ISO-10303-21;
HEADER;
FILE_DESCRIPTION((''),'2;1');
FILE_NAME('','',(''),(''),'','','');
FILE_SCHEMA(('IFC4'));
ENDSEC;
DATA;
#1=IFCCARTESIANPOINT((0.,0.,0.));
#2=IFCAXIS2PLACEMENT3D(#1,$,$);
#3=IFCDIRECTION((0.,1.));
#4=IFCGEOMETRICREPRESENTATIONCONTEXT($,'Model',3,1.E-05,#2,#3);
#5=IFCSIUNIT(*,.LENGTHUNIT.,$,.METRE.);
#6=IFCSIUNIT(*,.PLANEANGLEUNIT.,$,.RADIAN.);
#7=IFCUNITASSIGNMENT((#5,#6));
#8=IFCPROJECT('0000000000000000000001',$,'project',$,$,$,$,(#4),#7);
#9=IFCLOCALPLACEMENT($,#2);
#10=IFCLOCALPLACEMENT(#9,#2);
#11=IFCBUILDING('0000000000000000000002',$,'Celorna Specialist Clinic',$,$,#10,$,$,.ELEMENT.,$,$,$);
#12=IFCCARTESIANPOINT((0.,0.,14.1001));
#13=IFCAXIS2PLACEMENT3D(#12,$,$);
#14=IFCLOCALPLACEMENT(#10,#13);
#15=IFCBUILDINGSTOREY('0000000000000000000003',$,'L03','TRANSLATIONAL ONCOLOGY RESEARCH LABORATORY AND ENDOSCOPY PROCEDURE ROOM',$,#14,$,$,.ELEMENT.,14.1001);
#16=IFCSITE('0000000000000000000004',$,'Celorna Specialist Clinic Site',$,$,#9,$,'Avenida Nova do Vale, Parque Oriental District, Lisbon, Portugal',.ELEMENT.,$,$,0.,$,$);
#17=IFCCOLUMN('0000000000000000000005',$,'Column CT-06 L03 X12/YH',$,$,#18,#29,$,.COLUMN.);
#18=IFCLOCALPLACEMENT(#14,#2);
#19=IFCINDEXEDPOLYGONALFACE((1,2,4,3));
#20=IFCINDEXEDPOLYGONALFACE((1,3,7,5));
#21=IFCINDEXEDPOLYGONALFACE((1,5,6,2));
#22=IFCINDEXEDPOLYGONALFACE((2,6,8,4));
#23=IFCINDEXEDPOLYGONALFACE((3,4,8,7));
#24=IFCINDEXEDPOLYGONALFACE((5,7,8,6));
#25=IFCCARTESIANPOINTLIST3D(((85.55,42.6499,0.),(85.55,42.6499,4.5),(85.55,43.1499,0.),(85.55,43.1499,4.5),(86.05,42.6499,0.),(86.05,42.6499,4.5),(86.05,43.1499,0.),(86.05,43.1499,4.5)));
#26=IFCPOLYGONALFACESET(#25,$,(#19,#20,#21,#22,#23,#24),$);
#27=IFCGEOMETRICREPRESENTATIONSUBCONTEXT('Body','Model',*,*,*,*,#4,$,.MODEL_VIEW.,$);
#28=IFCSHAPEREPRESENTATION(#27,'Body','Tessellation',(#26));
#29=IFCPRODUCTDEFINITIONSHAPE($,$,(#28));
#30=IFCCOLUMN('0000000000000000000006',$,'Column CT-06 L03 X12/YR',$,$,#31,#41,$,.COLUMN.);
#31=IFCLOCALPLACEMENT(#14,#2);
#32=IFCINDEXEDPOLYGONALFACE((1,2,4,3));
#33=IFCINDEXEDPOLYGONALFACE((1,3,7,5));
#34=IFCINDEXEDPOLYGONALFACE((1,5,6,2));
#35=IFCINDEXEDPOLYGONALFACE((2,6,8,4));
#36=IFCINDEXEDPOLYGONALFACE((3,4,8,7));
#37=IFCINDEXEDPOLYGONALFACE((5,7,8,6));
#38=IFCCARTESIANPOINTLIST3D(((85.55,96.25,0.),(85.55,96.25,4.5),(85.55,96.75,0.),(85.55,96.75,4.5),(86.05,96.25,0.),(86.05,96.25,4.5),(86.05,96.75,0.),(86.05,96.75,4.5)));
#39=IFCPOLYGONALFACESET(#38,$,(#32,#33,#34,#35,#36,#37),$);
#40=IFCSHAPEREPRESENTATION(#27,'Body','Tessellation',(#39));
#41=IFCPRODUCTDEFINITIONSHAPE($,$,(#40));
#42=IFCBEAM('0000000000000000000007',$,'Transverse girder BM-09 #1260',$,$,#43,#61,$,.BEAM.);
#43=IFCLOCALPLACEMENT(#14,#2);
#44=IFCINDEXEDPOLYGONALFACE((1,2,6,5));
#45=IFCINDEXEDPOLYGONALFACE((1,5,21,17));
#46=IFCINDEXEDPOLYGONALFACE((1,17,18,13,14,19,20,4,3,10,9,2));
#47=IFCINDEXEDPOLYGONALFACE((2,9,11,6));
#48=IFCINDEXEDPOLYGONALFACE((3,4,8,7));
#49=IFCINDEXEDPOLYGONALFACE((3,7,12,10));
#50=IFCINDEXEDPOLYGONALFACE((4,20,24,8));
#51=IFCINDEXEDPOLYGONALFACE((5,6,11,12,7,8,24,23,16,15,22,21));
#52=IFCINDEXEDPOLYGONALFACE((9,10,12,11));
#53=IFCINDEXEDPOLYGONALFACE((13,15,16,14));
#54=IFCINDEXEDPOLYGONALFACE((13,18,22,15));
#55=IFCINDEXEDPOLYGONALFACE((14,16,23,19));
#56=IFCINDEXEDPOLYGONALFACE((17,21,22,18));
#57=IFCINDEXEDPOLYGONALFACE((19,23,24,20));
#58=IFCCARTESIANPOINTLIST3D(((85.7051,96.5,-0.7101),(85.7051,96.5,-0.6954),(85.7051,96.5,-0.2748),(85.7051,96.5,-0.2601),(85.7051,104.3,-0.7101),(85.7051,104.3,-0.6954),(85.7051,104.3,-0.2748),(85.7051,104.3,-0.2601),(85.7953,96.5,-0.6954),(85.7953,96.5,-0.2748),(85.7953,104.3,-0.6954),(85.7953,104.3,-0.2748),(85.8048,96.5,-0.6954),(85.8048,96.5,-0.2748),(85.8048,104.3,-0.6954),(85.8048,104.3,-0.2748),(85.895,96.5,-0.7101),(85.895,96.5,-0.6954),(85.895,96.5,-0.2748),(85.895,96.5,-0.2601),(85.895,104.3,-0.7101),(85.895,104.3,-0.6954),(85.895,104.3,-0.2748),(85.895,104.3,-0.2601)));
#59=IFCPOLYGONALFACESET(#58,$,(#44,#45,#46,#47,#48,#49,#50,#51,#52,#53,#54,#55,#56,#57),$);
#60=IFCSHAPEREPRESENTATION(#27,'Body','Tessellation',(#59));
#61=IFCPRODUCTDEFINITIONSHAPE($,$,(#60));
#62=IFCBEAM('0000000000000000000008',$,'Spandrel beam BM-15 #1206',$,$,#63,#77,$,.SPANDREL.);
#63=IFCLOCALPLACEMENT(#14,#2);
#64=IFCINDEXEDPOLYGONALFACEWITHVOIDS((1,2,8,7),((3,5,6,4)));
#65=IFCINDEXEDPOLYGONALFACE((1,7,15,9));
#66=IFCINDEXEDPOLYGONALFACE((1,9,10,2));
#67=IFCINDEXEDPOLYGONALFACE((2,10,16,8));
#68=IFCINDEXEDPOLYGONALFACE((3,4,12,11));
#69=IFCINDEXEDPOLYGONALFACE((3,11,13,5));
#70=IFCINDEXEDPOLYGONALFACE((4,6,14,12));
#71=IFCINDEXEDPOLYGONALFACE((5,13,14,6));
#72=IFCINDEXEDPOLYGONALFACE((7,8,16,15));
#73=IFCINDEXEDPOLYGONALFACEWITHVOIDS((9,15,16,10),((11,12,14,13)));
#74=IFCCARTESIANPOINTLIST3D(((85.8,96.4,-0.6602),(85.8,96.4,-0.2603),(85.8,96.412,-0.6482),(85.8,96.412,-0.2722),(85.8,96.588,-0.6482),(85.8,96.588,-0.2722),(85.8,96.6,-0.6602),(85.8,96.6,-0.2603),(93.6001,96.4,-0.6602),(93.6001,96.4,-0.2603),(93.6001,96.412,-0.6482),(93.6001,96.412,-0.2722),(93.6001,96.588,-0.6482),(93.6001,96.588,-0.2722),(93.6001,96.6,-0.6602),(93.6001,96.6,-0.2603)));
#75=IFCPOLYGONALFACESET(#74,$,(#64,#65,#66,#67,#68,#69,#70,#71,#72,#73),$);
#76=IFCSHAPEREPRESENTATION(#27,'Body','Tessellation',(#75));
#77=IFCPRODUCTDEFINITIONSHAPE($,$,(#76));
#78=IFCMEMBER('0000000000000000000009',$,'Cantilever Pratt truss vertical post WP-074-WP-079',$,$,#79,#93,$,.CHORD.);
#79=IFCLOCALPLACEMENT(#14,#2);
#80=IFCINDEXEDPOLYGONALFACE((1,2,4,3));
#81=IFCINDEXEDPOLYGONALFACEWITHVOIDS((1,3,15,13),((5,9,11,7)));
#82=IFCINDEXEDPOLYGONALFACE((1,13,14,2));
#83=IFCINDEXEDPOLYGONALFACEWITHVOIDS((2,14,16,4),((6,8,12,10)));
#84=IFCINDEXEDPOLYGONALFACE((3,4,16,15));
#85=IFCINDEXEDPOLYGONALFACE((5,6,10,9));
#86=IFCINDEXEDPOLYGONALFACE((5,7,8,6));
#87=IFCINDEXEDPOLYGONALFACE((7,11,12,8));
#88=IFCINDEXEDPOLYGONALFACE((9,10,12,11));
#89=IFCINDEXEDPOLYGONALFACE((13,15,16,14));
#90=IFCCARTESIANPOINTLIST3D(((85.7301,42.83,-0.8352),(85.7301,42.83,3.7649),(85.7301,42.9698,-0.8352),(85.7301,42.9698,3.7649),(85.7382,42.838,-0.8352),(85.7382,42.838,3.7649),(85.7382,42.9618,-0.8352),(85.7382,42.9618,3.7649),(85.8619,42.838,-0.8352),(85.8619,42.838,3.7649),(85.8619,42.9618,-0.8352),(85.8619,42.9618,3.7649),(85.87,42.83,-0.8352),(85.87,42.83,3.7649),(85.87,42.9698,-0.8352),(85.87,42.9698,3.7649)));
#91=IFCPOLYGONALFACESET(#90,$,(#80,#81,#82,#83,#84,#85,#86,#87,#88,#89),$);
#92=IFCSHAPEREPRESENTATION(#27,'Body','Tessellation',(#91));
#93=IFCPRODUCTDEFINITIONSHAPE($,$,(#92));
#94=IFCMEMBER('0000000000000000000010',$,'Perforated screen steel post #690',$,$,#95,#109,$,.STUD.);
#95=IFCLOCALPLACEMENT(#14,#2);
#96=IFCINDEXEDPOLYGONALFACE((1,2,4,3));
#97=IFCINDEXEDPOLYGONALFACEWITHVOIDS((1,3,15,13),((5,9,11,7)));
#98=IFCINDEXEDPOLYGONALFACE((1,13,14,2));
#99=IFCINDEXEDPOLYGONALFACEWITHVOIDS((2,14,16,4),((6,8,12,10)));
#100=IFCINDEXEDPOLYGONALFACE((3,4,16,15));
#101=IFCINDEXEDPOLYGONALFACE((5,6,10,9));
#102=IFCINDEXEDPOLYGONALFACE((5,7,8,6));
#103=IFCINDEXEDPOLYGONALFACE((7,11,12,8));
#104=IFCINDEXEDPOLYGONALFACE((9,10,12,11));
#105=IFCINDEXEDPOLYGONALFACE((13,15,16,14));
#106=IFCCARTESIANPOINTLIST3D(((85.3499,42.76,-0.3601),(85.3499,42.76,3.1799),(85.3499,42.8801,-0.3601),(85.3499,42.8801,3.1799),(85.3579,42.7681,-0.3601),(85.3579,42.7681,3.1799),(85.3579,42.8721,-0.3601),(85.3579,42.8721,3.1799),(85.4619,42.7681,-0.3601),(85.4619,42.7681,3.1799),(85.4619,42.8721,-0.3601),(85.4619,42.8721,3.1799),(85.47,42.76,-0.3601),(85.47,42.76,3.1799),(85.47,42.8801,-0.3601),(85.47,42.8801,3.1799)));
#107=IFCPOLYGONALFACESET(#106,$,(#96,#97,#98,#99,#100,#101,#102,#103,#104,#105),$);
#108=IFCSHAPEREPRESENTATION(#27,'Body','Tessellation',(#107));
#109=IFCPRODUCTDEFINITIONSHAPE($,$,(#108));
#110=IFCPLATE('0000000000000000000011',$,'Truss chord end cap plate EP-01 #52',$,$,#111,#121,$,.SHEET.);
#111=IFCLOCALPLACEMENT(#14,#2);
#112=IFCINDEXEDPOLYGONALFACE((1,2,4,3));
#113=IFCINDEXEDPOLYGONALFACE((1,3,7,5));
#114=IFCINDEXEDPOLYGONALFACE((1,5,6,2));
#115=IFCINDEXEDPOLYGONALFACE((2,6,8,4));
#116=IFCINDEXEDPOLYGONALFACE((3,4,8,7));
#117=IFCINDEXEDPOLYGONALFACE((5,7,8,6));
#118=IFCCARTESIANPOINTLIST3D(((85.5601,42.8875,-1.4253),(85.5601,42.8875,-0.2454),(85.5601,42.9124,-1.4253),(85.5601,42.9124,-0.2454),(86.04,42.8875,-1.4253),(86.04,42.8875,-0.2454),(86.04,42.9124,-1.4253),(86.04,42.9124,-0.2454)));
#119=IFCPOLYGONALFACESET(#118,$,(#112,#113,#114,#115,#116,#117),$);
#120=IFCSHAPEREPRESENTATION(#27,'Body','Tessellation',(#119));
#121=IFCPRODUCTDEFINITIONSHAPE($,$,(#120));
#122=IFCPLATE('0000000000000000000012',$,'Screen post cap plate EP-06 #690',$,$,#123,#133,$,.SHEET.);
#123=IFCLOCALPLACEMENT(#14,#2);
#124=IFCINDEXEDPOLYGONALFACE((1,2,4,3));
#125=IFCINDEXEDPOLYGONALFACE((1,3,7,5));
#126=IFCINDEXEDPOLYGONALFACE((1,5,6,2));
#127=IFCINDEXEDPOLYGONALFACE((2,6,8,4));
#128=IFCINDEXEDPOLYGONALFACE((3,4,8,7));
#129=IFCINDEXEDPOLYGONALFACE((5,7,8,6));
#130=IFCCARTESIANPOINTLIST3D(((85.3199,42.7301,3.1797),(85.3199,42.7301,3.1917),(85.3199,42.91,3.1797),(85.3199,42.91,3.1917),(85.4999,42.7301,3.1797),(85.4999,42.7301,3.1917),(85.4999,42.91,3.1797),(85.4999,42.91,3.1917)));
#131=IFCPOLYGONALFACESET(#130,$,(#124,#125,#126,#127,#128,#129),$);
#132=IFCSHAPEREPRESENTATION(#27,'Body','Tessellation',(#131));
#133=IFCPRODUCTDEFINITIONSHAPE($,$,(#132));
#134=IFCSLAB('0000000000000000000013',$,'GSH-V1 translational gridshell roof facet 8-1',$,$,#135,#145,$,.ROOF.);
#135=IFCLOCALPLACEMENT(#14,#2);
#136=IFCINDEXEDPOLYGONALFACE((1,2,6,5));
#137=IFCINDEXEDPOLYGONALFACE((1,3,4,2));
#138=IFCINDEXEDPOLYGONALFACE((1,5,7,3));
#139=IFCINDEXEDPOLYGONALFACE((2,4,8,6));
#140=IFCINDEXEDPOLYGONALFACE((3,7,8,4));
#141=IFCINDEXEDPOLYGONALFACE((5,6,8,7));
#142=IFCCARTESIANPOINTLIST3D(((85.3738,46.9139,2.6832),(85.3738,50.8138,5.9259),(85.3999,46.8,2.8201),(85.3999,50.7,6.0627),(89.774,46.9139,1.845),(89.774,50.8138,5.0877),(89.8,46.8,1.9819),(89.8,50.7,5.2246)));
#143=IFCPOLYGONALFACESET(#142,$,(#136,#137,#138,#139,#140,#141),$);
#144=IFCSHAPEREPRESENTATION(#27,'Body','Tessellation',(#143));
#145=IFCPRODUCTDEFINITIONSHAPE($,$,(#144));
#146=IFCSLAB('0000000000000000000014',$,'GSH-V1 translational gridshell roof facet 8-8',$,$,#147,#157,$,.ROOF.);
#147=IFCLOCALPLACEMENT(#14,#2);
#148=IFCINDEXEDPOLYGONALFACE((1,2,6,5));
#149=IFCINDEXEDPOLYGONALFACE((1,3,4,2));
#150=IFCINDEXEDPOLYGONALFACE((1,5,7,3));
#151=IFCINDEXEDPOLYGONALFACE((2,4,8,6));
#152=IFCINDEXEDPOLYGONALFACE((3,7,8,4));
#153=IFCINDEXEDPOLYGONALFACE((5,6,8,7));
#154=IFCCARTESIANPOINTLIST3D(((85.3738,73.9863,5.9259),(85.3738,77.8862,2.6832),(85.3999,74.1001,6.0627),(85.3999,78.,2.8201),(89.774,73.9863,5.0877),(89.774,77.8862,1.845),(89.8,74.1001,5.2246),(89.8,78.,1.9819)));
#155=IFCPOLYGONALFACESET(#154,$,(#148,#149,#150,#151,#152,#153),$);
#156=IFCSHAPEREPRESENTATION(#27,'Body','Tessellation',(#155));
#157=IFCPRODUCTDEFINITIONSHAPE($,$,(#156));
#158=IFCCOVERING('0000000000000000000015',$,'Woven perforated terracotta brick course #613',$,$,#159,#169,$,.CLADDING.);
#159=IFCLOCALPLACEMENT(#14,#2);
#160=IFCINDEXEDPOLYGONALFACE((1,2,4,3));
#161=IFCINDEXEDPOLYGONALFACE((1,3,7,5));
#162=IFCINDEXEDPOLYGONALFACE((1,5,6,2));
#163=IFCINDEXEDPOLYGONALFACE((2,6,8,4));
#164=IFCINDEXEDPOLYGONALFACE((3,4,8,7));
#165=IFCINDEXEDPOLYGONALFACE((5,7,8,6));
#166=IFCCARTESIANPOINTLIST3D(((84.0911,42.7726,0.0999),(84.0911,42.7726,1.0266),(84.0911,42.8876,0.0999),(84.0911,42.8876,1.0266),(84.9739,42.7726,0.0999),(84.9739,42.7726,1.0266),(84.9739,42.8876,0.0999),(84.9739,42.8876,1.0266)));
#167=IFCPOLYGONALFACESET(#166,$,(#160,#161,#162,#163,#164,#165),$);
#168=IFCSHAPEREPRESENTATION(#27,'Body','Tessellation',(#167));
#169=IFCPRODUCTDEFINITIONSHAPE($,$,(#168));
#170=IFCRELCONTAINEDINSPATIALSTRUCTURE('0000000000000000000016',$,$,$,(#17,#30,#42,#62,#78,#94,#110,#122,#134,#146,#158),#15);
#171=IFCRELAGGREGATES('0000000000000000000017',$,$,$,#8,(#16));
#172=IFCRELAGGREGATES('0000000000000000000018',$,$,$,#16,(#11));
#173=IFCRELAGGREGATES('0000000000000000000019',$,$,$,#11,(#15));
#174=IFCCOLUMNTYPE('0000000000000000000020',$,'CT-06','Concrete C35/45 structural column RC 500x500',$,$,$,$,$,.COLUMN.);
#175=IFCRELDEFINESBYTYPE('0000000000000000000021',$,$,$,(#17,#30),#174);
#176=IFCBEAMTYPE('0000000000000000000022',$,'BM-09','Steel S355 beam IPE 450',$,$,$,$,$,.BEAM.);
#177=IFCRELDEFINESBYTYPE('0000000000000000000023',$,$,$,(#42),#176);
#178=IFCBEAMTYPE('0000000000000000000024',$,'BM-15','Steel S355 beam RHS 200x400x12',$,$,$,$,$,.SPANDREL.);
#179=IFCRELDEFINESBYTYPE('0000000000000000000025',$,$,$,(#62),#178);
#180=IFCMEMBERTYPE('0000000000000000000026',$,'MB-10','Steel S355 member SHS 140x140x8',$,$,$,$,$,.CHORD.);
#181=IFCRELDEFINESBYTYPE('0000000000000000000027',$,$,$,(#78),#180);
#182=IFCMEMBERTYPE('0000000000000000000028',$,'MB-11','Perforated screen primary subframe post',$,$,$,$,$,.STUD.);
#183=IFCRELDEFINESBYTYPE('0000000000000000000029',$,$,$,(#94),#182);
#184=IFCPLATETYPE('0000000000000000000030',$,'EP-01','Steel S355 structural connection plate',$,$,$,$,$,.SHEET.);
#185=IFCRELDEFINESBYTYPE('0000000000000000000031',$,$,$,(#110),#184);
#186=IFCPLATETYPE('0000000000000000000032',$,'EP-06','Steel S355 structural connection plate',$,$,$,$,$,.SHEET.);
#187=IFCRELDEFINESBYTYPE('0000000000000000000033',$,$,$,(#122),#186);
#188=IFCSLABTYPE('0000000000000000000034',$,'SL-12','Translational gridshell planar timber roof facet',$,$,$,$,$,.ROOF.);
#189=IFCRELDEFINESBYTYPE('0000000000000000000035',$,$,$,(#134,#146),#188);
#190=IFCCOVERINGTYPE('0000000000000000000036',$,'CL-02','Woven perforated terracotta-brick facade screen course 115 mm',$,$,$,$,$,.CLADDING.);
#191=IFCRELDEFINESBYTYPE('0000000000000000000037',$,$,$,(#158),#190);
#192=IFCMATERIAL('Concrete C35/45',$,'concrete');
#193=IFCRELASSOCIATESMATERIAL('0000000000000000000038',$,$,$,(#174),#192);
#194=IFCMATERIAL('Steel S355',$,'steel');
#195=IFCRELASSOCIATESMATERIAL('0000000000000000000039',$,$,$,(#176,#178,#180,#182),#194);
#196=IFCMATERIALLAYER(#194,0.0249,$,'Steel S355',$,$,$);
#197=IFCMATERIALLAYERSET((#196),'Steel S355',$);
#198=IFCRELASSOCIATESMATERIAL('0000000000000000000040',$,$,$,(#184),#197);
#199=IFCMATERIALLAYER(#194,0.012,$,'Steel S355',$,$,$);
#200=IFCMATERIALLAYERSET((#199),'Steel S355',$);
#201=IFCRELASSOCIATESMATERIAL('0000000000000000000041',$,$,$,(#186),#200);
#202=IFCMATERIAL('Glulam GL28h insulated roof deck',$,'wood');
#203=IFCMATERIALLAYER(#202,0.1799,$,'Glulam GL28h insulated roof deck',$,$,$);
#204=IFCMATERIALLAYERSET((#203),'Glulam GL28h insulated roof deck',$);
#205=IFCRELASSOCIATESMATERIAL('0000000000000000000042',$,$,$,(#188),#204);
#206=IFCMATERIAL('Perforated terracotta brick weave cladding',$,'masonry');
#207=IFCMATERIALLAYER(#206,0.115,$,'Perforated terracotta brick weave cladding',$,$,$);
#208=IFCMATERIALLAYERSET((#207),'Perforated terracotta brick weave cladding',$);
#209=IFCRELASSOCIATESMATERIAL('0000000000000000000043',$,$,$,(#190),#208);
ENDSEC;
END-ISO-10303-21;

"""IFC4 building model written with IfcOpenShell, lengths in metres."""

from ifc_helpers import new_model, si_unit, direction, frame, origin, origin_2d, place, context, subcontext, project, spatial, polyline, rectangle, hollow_rectangle, i_section, outline, extrude, material, layer, layer_set, material_profile, profile_set, type_object, element, save


model = new_model("IFC4")

# Units and contexts
model_context = context("Model", 3, precision=1e-05, world=origin(), true_north=direction((0.0, 1.0)))
body_context = subcontext(model_context, "Body", "Model", "MODEL_VIEW")
ifc_project = project(units=[si_unit("LENGTHUNIT", "METRE"), si_unit("PLANEANGLEUNIT", "RADIAN")], contexts=[model_context])

# Site, building, storey
site_placement = place(None, origin())
site = spatial("IfcSite", under=ifc_project, at=site_placement, Name="Celorna Specialist Clinic Site", LongName="Avenida Nova do Vale, Parque Oriental District, Lisbon, Portugal", CompositionType="ELEMENT", RefElevation=0.0)
building_placement = place(site_placement, origin())
building = spatial("IfcBuilding", under=site, at=building_placement, Name="Celorna Specialist Clinic", CompositionType="ELEMENT")
storey_placement = place(building_placement, frame((0.0, 0.0, 14.1001)))
storey = spatial("IfcBuildingStorey", under=building, at=storey_placement, Name="L03", Description="TRANSLATIONAL ONCOLOGY RESEARCH LABORATORY AND ENDOSCOPY PROCEDURE ROOM", CompositionType="ELEMENT", Elevation=14.1001)

# Columns
ifc_material_1 = material(Name="Concrete C35/45", Category="concrete")
ifc_material_profile_1 = material_profile(ifc_material_1, rectangle(XDim=0.5, YDim=0.5, at=origin_2d()), Name="RC 500x500")
ifc_profile_set_1 = profile_set([ifc_material_profile_1], Name="Concrete C35/45")
column_type = type_object("IfcColumnType", Name="CT-06", Description="Concrete C35/45 structural column RC 500x500", PredefinedType="COLUMN", material=ifc_profile_set_1)
for number, where, z_axis, x_axis, name in (
    (1, (85.8, 42.8999, 0.0), (0.0, 0.0, 1.0), (1.0, 0.0, 0.0), "Column CT-06 L03 X12/YH"),
    (2, (85.8, 96.5, 0.0), (0.0, 0.0, 1.0), (1.0, 0.0, 0.0), "Column CT-06 L03 X12/YR"),
):
    element("IfcColumn", number, at=place(storey_placement, frame(where, z_axis=z_axis, x_axis=x_axis)), inside=storey, type_object=column_type, Name=name, PredefinedType="COLUMN", context=body_context, shape_type="SweptSolid", body=[
        extrude(rectangle(XDim=0.5, YDim=0.5, at=origin_2d()), origin(), (0.0, 0.0, 1.0), 4.5),
    ])

# Beams
ifc_material_2 = material(Name="Steel S355", Category="steel")
ifc_material_profile_2 = material_profile(ifc_material_2, i_section(OverallWidth=0.1899, OverallDepth=0.45, WebThickness=0.0095, FlangeThickness=0.0146, at=origin_2d()), Name="IPE 450")
ifc_profile_set_2 = profile_set([ifc_material_profile_2], Name="Steel S355")
beam_type_1 = type_object("IfcBeamType", Name="BM-09", Description="Steel S355 beam IPE 450", PredefinedType="BEAM", material=ifc_profile_set_2)
beam_1_placement = place(storey_placement, frame((85.8, 96.5, -0.4851), z_axis=(0.0, 1.0, 0.0), x_axis=(-1.0, 0.0, 0.0)))
element("IfcBeam", 3, at=beam_1_placement, inside=storey, type_object=beam_type_1, Name="Transverse girder BM-09 #1260", PredefinedType="BEAM", context=body_context, shape_type="SweptSolid", body=[
    extrude(i_section(OverallWidth=0.1899, OverallDepth=0.45, WebThickness=0.0095, FlangeThickness=0.0146, at=origin_2d()), origin(), (0.0, 0.0, 1.0), 7.8),
])
ifc_material_profile_3 = material_profile(ifc_material_2, hollow_rectangle(XDim=0.2, YDim=0.3999, WallThickness=0.012, at=origin_2d()), Name="RHS 200x400x12")
ifc_profile_set_3 = profile_set([ifc_material_profile_3], Name="Steel S355")
beam_type_2 = type_object("IfcBeamType", Name="BM-15", Description="Steel S355 beam RHS 200x400x12", PredefinedType="SPANDREL", material=ifc_profile_set_3)
beam_2_placement = place(storey_placement, frame((85.8, 96.5, -0.4602), z_axis=(1.0, 0.0, 0.0), x_axis=(0.0, 1.0, 0.0)))
element("IfcBeam", 4, at=beam_2_placement, inside=storey, type_object=beam_type_2, Name="Spandrel beam BM-15 #1206", PredefinedType="SPANDREL", context=body_context, shape_type="SweptSolid", body=[
    extrude(hollow_rectangle(XDim=0.2, YDim=0.3999, WallThickness=0.012, at=origin_2d()), origin(), (0.0, 0.0, 1.0), 7.8),
])

# Members
ifc_material_profile_4 = material_profile(ifc_material_2, hollow_rectangle(XDim=0.1399, YDim=0.1399, WallThickness=0.0081, at=origin_2d()), Name="SHS 140x140x8")
ifc_profile_set_4 = profile_set([ifc_material_profile_4], Name="Steel S355")
member_type_1 = type_object("IfcMemberType", Name="MB-10", Description="Steel S355 member SHS 140x140x8", PredefinedType="CHORD", material=ifc_profile_set_4)
member_1_placement = place(storey_placement, frame((85.8, 42.8999, -0.8352), z_axis=(0.0, 0.0, 1.0), x_axis=(1.0, 0.0, 0.0)))
element("IfcMember", 5, at=member_1_placement, inside=storey, type_object=member_type_1, Name="Cantilever Pratt truss vertical post WP-074-WP-079", PredefinedType="CHORD", context=body_context, shape_type="SweptSolid", body=[
    extrude(hollow_rectangle(XDim=0.1399, YDim=0.1399, WallThickness=0.0081, at=origin_2d()), origin(), (0.0, 0.0, 1.0), 4.6001),
])
ifc_material_profile_5 = material_profile(ifc_material_2, hollow_rectangle(XDim=0.1201, YDim=0.1201, WallThickness=0.0081, at=origin_2d()), Name="SHS 120x120x8")
ifc_profile_set_5 = profile_set([ifc_material_profile_5], Name="Steel S355")
member_type_2 = type_object("IfcMemberType", Name="MB-11", Description="Perforated screen primary subframe post", PredefinedType="STUD", material=ifc_profile_set_5)
member_2_placement = place(storey_placement, frame((85.4099, 42.8201, -0.3601), z_axis=(0.0, 0.0, 1.0), x_axis=(1.0, 0.0, 0.0)))
element("IfcMember", 6, at=member_2_placement, inside=storey, type_object=member_type_2, Name="Perforated screen steel post #690", PredefinedType="STUD", context=body_context, shape_type="SweptSolid", body=[
    extrude(hollow_rectangle(XDim=0.1201, YDim=0.1201, WallThickness=0.0081, at=origin_2d()), origin(), (0.0, 0.0, 1.0), 3.54),
])

# Plates
ifc_layer_1 = layer(ifc_material_2, 0.0249, Name="Steel S355")
ifc_layer_set_1 = layer_set([ifc_layer_1], Name="Steel S355")
plate_type_1 = type_object("IfcPlateType", Name="EP-01", Description="Steel S355 structural connection plate", PredefinedType="SHEET", material=ifc_layer_set_1)
plate_1_placement = place(storey_placement, frame((85.8, 42.8999, -1.4253), z_axis=(0.0, 0.0, 1.0), x_axis=(1.0, 0.0, 0.0)))
element("IfcPlate", 7, at=plate_1_placement, inside=storey, type_object=plate_type_1, Name="Truss chord end cap plate EP-01 #52", PredefinedType="SHEET", context=body_context, shape_type="SweptSolid", body=[
    extrude(rectangle(XDim=0.48, YDim=0.0249, at=origin_2d()), origin(), (0.0, 0.0, 1.0), 1.1799),
])
ifc_layer_2 = layer(ifc_material_2, 0.012, Name="Steel S355")
ifc_layer_set_2 = layer_set([ifc_layer_2], Name="Steel S355")
plate_type_2 = type_object("IfcPlateType", Name="EP-06", Description="Steel S355 structural connection plate", PredefinedType="SHEET", material=ifc_layer_set_2)
plate_2_placement = place(storey_placement, frame((85.4099, 42.8201, 3.1797), z_axis=(0.0, 0.0, 1.0), x_axis=(1.0, 0.0, 0.0)))
element("IfcPlate", 8, at=plate_2_placement, inside=storey, type_object=plate_type_2, Name="Screen post cap plate EP-06 #690", PredefinedType="SHEET", context=body_context, shape_type="SweptSolid", body=[
    extrude(rectangle(XDim=0.1799, YDim=0.1799, at=origin_2d()), origin(), (0.0, 0.0, 1.0), 0.012),
])

# Slabs
ifc_material_3 = material(Name="Glulam GL28h insulated roof deck", Category="wood")
ifc_layer_3 = layer(ifc_material_3, 0.1799, Name="Glulam GL28h insulated roof deck")
ifc_layer_set_3 = layer_set([ifc_layer_3], Name="Glulam GL28h insulated roof deck")
slab_type = type_object("IfcSlabType", Name="SL-12", Description="Translational gridshell planar timber roof facet", PredefinedType="ROOF", material=ifc_layer_set_3)
slab_1_placement = place(storey_placement, frame((85.3999, 46.8, 2.8201), z_axis=(0.144917, -0.632592, 0.760806), x_axis=(0.982338, 0.0, -0.187115)))
element("IfcSlab", 9, at=slab_1_placement, inside=storey, type_object=slab_type, Name="GSH-V1 translational gridshell roof facet 8-1", PredefinedType="ROOF", context=body_context, shape_type="SweptSolid", body=[
    extrude(outline(polyline([(0.0, 0.0), (4.4793, 0.0), (3.8725, 5.0355), (-0.6068, 5.0355), (0.0, 0.0)])), origin(), (0.0, 0.0, -1.0), 0.1799),
])
slab_2_placement = place(storey_placement, frame((85.3999, 74.1001, 6.0627), z_axis=(0.144917, 0.632592, 0.760806), x_axis=(0.982338, 0.0, -0.187115)))
element("IfcSlab", 10, at=slab_2_placement, inside=storey, type_object=slab_type, Name="GSH-V1 translational gridshell roof facet 8-8", PredefinedType="ROOF", context=body_context, shape_type="SweptSolid", body=[
    extrude(outline(polyline([(0.0, 0.0), (4.4793, 0.0), (5.086, 5.0355), (0.6068, 5.0355), (0.0, 0.0)])), origin(), (0.0, 0.0, -1.0), 0.1799),
])

# Covering
ifc_material_4 = material(Name="Perforated terracotta brick weave cladding", Category="masonry")
ifc_layer_4 = layer(ifc_material_4, 0.115, Name="Perforated terracotta brick weave cladding")
ifc_layer_set_4 = layer_set([ifc_layer_4], Name="Perforated terracotta brick weave cladding")
covering_type_1 = type_object("IfcCoveringType", Name="CL-02", Description="Woven perforated terracotta-brick facade screen course 115 mm", PredefinedType="CLADDING", material=ifc_layer_set_4)
covering_1_placement = place(storey_placement, frame((84.5325, 42.8301, 0.0999), z_axis=(0.0, 0.0, 1.0), x_axis=(1.0, 0.0, 0.0)))
element("IfcCovering", 11, at=covering_1_placement, inside=storey, type_object=covering_type_1, Name="Woven perforated terracotta brick course #613", PredefinedType="CLADDING", context=body_context, shape_type="SweptSolid", body=[
    extrude(rectangle(XDim=0.8828, YDim=0.115, at=origin_2d()), origin(), (0.0, 0.0, 1.0), 0.9268),
])

save(model, "model.ifc")
